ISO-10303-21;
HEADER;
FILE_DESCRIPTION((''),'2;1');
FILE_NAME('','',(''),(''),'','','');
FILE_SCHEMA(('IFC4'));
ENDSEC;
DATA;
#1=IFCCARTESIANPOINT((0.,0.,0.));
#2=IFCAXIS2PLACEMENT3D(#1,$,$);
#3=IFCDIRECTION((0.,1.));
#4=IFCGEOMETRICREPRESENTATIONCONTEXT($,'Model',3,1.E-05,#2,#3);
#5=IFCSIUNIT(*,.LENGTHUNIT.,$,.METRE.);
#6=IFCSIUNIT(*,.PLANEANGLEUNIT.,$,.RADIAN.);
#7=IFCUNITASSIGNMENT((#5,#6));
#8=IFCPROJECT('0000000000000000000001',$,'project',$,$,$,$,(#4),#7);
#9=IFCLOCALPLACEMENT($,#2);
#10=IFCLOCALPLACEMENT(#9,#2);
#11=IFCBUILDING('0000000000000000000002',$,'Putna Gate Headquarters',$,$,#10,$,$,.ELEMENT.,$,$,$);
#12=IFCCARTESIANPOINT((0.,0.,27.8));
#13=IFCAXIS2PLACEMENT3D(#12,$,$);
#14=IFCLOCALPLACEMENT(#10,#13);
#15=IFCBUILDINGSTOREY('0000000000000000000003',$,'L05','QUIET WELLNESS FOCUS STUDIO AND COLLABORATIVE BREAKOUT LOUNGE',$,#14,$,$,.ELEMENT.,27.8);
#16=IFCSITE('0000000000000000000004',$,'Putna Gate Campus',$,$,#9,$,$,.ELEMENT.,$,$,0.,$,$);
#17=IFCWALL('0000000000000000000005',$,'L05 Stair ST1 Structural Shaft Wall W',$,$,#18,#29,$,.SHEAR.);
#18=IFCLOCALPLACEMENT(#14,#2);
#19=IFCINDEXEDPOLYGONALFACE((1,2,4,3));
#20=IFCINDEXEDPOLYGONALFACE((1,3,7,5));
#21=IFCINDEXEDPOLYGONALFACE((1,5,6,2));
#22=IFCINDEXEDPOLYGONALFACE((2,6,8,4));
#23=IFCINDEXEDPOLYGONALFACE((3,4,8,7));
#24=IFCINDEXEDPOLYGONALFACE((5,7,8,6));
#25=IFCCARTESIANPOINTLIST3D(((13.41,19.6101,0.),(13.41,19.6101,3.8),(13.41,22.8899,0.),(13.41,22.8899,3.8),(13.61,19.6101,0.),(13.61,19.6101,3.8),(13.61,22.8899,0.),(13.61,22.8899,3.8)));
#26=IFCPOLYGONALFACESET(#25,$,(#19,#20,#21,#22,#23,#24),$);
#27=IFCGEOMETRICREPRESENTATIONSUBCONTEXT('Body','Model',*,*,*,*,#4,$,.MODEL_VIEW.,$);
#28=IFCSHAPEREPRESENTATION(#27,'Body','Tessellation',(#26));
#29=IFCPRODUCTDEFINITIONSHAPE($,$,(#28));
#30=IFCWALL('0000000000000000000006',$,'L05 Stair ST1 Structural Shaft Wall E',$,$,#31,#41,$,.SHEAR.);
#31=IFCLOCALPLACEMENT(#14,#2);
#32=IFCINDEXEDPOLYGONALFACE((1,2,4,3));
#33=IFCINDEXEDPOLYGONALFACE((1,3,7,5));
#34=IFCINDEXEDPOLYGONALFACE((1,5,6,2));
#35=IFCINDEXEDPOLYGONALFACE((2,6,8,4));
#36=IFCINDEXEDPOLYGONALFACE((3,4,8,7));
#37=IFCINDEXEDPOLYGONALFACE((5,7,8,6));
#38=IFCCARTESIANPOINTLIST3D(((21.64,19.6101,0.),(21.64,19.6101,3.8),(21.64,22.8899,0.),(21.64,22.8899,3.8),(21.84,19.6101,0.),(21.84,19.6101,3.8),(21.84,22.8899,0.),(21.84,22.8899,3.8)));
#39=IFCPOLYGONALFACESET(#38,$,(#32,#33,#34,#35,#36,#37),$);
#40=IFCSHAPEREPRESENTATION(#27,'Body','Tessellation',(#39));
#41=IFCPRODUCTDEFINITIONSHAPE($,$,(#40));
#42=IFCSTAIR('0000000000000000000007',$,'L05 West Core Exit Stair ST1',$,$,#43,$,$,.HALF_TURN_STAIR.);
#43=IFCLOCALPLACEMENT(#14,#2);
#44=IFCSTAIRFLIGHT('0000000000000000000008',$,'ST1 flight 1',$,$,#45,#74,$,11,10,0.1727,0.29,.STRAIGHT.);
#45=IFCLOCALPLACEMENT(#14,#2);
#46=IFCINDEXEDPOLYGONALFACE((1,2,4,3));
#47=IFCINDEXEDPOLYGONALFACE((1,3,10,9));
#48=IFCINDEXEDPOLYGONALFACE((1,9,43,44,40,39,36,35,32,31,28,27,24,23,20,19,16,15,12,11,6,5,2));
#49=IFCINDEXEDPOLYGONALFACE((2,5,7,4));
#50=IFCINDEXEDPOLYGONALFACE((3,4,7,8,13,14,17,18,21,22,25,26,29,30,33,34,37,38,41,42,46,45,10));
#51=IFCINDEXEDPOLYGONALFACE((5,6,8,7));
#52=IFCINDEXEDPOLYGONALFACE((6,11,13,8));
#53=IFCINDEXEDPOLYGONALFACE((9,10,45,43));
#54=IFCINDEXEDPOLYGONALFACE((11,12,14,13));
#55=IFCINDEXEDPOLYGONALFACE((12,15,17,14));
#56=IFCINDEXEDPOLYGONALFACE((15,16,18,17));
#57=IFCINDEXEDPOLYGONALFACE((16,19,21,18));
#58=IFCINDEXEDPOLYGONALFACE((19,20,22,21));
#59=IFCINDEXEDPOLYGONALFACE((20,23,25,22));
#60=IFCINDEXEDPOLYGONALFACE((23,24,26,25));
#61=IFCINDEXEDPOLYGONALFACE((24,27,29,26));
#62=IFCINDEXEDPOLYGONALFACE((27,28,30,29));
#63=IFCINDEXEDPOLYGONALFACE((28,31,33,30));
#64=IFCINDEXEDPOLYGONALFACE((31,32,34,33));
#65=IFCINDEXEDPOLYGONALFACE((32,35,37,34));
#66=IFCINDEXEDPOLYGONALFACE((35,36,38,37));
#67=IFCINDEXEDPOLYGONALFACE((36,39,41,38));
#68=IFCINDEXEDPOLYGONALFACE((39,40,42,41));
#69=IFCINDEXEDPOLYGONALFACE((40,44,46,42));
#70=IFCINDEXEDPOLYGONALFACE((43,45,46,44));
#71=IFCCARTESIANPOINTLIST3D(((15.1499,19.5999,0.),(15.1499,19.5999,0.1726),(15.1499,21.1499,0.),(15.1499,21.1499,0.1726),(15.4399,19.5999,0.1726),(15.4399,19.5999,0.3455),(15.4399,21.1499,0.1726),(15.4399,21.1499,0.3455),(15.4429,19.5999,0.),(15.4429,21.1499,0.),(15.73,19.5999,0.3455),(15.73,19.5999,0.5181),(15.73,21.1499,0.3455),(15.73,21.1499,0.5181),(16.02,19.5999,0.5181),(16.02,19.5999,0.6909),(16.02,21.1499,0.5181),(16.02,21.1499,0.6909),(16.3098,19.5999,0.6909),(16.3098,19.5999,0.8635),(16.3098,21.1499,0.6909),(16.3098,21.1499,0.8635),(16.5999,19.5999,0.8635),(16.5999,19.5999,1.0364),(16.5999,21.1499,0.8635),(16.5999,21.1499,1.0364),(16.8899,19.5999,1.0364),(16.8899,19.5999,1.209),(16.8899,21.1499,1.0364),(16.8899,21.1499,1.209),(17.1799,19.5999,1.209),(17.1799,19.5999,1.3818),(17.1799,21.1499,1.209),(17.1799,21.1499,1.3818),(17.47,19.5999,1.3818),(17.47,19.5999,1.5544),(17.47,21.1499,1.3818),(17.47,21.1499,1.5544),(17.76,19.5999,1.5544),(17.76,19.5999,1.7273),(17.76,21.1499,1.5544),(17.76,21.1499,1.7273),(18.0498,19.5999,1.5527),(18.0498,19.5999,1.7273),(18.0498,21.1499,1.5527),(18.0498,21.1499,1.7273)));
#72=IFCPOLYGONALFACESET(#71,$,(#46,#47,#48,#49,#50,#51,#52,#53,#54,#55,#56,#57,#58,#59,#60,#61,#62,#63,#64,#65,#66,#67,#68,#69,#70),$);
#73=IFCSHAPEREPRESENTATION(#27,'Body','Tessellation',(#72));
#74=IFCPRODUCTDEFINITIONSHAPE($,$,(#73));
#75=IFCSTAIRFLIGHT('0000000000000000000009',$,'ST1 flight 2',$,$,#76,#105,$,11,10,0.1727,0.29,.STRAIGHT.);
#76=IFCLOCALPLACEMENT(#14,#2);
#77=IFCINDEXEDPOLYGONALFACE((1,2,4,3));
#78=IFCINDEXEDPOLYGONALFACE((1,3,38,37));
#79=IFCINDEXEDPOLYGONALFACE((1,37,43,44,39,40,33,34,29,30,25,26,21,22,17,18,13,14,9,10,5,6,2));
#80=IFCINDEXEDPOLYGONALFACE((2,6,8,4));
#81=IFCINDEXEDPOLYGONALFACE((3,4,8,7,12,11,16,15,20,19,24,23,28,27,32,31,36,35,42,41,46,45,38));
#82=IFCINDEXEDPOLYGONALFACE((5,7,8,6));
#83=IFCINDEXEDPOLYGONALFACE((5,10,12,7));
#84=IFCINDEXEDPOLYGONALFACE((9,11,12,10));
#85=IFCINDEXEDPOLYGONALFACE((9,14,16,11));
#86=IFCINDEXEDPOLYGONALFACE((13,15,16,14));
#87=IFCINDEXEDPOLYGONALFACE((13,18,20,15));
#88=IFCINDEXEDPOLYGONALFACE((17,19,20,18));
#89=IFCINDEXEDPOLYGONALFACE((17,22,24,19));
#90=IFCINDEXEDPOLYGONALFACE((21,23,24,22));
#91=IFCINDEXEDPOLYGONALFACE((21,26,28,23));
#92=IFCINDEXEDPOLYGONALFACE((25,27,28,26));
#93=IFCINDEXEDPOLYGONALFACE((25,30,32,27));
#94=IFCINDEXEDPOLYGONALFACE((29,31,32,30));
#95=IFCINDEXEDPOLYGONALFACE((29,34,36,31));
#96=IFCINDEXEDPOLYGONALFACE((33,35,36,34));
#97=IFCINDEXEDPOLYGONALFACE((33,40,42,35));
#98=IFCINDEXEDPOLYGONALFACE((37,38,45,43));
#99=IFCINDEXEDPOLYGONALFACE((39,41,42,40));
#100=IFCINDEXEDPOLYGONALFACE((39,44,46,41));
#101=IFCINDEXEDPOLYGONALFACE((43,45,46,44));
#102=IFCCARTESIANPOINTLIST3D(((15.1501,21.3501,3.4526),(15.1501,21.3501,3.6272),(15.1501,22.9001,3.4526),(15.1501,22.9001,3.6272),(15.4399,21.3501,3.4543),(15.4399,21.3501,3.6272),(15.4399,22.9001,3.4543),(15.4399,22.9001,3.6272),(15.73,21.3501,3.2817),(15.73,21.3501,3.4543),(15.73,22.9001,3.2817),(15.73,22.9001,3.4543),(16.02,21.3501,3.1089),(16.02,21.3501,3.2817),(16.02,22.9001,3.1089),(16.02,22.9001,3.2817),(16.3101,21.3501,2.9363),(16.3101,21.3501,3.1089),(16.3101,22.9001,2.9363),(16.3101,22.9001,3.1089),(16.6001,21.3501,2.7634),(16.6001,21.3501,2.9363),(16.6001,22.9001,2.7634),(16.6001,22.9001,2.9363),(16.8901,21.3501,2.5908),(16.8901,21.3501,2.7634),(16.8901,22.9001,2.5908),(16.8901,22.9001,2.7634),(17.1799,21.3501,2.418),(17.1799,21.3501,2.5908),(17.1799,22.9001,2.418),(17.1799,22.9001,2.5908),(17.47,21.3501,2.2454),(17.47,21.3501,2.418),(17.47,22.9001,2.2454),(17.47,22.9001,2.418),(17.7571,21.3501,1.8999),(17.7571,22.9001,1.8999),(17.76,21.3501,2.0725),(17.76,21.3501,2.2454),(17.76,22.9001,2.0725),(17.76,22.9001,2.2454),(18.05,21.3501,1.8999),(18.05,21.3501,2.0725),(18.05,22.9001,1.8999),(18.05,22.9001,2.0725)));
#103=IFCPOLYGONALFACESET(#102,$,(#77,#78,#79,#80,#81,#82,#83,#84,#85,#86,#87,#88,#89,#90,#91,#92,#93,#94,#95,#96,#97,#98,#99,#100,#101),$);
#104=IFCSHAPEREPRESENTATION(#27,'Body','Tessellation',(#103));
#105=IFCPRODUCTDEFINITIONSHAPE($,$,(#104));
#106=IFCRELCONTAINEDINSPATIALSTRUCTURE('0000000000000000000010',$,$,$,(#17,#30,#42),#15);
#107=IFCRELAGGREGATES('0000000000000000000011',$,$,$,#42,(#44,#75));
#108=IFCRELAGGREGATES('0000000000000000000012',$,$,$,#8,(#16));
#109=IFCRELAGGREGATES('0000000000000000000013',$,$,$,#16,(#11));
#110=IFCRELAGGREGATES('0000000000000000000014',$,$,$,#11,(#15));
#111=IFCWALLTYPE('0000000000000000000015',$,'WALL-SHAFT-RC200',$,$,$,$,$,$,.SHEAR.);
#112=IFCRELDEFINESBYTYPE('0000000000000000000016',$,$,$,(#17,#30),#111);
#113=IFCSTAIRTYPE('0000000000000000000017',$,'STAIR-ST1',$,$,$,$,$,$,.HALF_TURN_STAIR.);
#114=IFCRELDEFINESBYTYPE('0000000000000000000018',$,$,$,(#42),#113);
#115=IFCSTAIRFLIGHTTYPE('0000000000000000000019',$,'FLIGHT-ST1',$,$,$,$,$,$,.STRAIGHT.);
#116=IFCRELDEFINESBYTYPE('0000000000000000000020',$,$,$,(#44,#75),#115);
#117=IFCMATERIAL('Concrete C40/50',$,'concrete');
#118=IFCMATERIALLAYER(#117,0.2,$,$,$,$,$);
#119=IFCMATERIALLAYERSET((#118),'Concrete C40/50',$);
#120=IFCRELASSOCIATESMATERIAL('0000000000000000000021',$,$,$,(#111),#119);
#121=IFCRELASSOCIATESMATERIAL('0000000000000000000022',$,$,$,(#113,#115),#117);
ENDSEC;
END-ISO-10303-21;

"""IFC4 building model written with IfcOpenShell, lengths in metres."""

from ifc_helpers import new_model, si_unit, direction, frame, frame_2d, origin, place, context, subcontext, project, spatial, polyline, rectangle, outline, extrude, material, layer, layer_set, type_object, element, aggregate, save


model = new_model("IFC4")

# Units and contexts
model_context = context("Model", 3, precision=1e-05, world=origin(), true_north=direction((0.0, 1.0)))
body_context = subcontext(model_context, "Body", "Model", "MODEL_VIEW")
ifc_project = project(units=[si_unit("LENGTHUNIT", "METRE"), si_unit("PLANEANGLEUNIT", "RADIAN")], contexts=[model_context])

# Site, building, storey
site_placement = place(None, origin())
site = spatial("IfcSite", under=ifc_project, at=site_placement, Name="Putna Gate Campus", CompositionType="ELEMENT", RefElevation=0.0)
building_placement = place(site_placement, origin())
building = spatial("IfcBuilding", under=site, at=building_placement, Name="Putna Gate Headquarters", CompositionType="ELEMENT")
storey_placement = place(building_placement, frame((0.0, 0.0, 27.8)))
storey = spatial("IfcBuildingStorey", under=building, at=storey_placement, Name="L05", Description="QUIET WELLNESS FOCUS STUDIO AND COLLABORATIVE BREAKOUT LOUNGE", CompositionType="ELEMENT", Elevation=27.8)

# Shared definitions
ifc_material_1 = material(Name="Concrete C40/50", Category="concrete")

# Walls
ifc_layer_1 = layer(ifc_material_1, 0.2)
ifc_layer_set_1 = layer_set([ifc_layer_1], Name="Concrete C40/50")
wall_type_1 = type_object("IfcWallType", Name="WALL-SHAFT-RC200", PredefinedType="SHEAR", material=ifc_layer_set_1)
for number, where, z_axis, x_axis, name in (
    (1, (13.51, 19.6101, 0.0), (0.0, 0.0, 1.0), (0.0, 1.0, 0.0), "L05 Stair ST1 Structural Shaft Wall W"),
    (2, (21.74, 19.6101, 0.0), (0.0, 0.0, 1.0), (0.0, 1.0, 0.0), "L05 Stair ST1 Structural Shaft Wall E"),
):
    element("IfcWall", number, at=place(storey_placement, frame(where, z_axis=z_axis, x_axis=x_axis)), inside=storey, type_object=wall_type_1, Name=name, PredefinedType="SHEAR", context=body_context, shape_type="SweptSolid", body=[
        extrude(rectangle(XDim=3.2798, YDim=0.2, at=frame_2d((1.6399, 0.0))), origin(), (0.0, 0.0, 1.0), 3.8),
    ])

# Stair, stair flights
stair_type = type_object("IfcStairType", Name="STAIR-ST1", PredefinedType="HALF_TURN_STAIR", material=ifc_material_1)
stair_placement = place(storey_placement, origin())
stair = element("IfcStair", 3, at=stair_placement, inside=storey, type_object=stair_type, Name="L05 West Core Exit Stair ST1", PredefinedType="HALF_TURN_STAIR")
stair_flight_type = type_object("IfcStairFlightType", Name="FLIGHT-ST1", PredefinedType="STRAIGHT", material=ifc_material_1)
stair_flight_1_placement = place(storey_placement, frame((15.1499, 20.375, 0.0), z_axis=(0.0, 0.0, 1.0), x_axis=(1.0, 0.0, 0.0)))
stair_flight_1 = element("IfcStairFlight", 4, at=stair_flight_1_placement, type_object=stair_flight_type, Name="ST1 flight 1", NumberOfRisers=11, NumberOfTreads=10, PredefinedType="STRAIGHT", RiserHeight=0.1727, TreadLength=0.29, context=body_context, shape_type="SweptSolid", body=[
    extrude(outline(polyline([(0.0, 0.0), (0.0, 0.1726), (0.29, 0.1726), (0.29, 0.3455), (0.5801, 0.3455), (0.5801, 0.5181), (0.8701, 0.5181), (0.8701, 0.6909), (1.1599, 0.6909), (1.1599, 0.8635), (1.45, 0.8635), (1.45, 1.0364), (1.74, 1.0364), (1.74, 1.209), (2.03, 1.209), (2.03, 1.3818), (2.3201, 1.3818), (2.3201, 1.5544), (2.6101, 1.5544), (2.6101, 1.7273), (2.8999, 1.7273), (2.8999, 1.8999), (2.8999, 1.5527), (0.293, 0.0), (0.0, 0.0)])), frame((0.0, 0.7749, 0.0), z_axis=(0.0, -1.0, 0.0), x_axis=(1.0, 0.0, 0.0)), (0.0, 0.0, 1.0), 1.55),
])
stair_flight_2_placement = place(storey_placement, frame((18.05, 22.125, 1.8999), z_axis=(0.0, 0.0, 1.0), x_axis=(-1.0, 0.0, 0.0)))
stair_flight_2 = element("IfcStairFlight", 5, at=stair_flight_2_placement, type_object=stair_flight_type, Name="ST1 flight 2", NumberOfRisers=11, NumberOfTreads=10, PredefinedType="STRAIGHT", RiserHeight=0.1727, TreadLength=0.29, context=body_context, shape_type="SweptSolid", body=[
    extrude(outline(polyline([(0.0, 0.0), (0.0, 0.1726), (0.29, 0.1726), (0.29, 0.3455), (0.5801, 0.3455), (0.5801, 0.5181), (0.8701, 0.5181), (0.8701, 0.6909), (1.1599, 0.6909), (1.1599, 0.8635), (1.45, 0.8635), (1.45, 1.0364), (1.74, 1.0364), (1.74, 1.209), (2.03, 1.209), (2.03, 1.3818), (2.3201, 1.3818), (2.3201, 1.5544), (2.6101, 1.5544), (2.6101, 1.7273), (2.8999, 1.7273), (2.8999, 1.8999), (2.8999, 1.5527), (0.293, 0.0), (0.0, 0.0)])), frame((0.0, 0.7749, 0.0), z_axis=(0.0, -1.0, 0.0), x_axis=(1.0, 0.0, 0.0)), (0.0, 0.0, 1.0), 1.55),
])
aggregate(stair, [stair_flight_1, stair_flight_2])

save(model, "model.ifc")
